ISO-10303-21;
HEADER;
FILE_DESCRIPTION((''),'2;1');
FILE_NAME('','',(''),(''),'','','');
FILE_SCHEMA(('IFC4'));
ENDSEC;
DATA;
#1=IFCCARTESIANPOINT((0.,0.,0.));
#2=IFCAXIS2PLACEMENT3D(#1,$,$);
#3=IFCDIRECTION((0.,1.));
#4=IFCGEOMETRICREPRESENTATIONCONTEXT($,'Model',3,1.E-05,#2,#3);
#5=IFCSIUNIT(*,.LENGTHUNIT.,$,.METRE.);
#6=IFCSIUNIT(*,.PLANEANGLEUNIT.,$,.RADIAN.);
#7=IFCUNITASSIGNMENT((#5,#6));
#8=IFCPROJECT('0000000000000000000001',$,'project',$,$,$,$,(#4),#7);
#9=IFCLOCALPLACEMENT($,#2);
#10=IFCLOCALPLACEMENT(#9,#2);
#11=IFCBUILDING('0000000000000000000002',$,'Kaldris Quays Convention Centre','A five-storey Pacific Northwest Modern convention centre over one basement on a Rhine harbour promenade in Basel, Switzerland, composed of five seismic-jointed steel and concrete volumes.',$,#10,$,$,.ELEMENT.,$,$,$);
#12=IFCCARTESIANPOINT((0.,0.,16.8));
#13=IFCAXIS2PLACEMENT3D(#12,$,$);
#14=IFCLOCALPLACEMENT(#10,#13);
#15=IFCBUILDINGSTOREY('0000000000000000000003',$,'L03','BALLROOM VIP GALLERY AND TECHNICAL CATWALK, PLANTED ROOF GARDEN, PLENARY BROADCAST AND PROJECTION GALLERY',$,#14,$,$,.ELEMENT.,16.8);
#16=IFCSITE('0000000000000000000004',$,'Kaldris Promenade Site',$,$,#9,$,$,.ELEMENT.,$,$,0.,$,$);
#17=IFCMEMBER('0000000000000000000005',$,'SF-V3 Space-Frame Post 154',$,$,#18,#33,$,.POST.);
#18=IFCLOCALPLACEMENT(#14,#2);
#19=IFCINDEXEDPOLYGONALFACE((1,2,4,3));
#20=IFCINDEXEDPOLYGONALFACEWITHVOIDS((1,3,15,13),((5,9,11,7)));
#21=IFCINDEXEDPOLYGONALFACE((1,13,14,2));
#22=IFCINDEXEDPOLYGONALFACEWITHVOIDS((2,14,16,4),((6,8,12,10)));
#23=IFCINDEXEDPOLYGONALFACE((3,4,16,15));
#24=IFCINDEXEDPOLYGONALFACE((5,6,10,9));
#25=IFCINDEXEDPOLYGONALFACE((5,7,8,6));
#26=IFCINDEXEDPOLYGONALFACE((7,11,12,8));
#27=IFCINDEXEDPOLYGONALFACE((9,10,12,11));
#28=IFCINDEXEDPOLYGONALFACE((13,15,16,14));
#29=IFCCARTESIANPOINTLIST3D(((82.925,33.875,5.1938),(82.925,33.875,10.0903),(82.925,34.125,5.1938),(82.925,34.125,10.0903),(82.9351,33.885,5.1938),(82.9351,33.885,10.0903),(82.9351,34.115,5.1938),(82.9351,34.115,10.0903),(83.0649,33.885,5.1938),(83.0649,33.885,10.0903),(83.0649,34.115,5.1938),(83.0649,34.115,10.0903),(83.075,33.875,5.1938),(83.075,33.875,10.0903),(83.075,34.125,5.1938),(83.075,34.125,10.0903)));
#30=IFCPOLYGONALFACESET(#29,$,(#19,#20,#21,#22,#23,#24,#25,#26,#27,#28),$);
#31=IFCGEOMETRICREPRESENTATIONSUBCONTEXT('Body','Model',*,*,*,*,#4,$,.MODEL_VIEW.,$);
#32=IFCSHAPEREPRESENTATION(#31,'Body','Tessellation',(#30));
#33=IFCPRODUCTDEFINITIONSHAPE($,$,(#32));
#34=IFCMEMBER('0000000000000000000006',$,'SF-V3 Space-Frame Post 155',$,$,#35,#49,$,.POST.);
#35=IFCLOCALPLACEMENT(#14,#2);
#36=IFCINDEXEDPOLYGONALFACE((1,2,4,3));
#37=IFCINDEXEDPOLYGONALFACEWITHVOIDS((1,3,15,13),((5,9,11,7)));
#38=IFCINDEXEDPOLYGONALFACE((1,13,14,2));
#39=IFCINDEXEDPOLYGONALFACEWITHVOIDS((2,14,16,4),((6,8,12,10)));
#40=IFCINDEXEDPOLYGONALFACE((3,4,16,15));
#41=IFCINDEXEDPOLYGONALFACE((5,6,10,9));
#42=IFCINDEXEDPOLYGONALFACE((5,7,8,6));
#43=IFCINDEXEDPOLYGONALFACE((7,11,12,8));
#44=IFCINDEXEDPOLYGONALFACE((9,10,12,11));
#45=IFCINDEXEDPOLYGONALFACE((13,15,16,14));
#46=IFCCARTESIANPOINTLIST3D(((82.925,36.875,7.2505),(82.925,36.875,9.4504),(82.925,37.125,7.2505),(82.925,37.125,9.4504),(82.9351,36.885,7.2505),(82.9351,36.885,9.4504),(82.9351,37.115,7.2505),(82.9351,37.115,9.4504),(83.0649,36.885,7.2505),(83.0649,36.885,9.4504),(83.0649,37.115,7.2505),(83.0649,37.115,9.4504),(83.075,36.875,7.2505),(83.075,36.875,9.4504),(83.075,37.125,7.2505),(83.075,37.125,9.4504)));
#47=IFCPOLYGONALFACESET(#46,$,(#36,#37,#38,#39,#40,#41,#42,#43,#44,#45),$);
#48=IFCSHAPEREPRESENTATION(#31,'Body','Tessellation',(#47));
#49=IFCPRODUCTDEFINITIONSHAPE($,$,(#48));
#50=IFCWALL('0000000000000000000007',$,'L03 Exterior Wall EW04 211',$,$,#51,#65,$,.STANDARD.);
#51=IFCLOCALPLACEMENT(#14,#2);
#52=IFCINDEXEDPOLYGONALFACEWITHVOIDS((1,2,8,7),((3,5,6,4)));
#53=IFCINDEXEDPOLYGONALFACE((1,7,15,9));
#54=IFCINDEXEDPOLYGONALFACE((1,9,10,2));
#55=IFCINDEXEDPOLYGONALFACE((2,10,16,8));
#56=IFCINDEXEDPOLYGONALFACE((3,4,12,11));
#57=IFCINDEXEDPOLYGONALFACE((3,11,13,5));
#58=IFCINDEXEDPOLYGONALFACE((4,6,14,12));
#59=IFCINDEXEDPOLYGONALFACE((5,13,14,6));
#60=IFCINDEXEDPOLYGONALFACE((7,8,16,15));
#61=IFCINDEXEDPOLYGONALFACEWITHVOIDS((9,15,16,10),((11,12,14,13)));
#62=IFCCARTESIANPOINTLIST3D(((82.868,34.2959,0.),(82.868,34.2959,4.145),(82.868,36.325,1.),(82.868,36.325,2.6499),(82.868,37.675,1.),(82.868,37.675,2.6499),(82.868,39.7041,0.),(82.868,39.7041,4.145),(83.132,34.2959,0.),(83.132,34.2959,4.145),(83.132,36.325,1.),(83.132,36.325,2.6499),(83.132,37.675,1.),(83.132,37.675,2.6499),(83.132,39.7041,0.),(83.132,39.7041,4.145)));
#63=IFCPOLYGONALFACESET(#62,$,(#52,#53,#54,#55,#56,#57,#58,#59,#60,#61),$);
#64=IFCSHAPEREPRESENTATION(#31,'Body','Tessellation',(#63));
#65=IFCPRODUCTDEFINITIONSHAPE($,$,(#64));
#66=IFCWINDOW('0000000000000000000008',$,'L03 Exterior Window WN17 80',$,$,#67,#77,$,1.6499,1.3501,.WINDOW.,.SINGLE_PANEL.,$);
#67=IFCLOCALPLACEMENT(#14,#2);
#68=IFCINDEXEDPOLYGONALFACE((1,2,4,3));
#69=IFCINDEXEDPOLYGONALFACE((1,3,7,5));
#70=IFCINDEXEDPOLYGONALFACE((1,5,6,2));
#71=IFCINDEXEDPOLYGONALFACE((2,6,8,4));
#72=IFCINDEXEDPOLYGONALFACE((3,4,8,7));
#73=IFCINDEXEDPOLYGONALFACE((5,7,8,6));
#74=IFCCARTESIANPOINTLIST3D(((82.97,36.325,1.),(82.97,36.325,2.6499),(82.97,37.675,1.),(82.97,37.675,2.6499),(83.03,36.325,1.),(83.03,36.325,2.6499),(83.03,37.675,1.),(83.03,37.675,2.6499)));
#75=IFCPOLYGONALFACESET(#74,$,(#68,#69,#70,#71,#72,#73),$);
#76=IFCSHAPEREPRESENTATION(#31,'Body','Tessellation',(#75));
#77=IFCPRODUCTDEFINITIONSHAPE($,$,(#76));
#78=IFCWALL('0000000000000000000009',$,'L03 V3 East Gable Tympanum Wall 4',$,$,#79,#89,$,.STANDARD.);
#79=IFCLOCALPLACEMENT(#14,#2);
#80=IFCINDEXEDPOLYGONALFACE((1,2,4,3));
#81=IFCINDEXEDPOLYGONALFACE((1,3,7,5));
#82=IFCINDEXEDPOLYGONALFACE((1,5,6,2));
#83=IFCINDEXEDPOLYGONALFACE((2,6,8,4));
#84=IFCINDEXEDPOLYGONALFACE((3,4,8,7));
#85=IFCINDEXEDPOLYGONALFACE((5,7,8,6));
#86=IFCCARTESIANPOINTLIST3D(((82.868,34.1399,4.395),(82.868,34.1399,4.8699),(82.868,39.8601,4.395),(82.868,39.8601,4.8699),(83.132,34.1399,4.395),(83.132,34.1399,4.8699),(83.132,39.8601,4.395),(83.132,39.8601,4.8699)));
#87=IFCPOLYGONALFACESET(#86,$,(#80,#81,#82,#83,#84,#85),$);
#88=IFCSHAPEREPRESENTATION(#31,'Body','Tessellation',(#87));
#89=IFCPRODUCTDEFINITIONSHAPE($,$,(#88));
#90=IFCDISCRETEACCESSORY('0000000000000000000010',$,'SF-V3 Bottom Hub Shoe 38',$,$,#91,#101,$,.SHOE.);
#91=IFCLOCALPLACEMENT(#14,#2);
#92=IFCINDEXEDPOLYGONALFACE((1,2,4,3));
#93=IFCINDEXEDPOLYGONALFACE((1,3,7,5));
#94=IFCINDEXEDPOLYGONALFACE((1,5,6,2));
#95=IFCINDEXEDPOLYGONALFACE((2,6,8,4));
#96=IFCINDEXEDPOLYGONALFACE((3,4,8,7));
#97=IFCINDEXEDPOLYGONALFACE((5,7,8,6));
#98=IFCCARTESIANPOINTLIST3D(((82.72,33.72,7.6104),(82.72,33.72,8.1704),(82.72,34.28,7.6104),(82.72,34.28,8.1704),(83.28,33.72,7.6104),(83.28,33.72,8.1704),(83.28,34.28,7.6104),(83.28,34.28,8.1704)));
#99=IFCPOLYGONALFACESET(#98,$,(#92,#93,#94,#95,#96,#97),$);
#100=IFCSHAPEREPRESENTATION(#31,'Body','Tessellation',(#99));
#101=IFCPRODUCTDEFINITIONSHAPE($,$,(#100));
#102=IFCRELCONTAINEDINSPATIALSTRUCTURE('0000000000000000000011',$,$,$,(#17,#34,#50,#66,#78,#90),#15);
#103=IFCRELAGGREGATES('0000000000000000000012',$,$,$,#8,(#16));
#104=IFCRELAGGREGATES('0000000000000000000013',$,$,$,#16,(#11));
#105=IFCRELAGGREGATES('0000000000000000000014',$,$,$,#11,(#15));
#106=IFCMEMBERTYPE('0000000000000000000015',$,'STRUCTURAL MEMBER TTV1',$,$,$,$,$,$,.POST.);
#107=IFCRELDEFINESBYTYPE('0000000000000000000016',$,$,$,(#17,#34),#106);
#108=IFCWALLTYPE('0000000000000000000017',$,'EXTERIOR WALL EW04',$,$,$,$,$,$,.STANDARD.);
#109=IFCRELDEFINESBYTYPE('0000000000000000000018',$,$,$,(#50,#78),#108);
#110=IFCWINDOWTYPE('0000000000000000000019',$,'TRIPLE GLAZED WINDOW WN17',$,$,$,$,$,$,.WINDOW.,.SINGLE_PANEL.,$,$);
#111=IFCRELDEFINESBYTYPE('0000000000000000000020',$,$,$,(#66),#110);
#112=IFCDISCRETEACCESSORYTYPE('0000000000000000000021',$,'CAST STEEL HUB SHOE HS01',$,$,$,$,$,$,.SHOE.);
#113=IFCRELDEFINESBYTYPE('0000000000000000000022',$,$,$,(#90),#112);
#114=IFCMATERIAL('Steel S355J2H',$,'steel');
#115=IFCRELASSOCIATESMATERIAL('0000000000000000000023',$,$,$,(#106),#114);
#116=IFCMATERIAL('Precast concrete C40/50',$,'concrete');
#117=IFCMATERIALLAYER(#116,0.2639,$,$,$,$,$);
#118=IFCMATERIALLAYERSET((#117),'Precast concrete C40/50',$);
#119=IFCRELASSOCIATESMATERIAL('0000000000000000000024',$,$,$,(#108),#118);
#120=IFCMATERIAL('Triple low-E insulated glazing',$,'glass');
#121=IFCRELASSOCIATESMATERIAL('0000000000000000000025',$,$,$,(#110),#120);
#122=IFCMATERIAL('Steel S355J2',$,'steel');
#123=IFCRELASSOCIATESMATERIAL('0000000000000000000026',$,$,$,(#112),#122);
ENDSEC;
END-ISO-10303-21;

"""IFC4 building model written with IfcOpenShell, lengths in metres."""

from ifc_helpers import new_model, si_unit, direction, frame, frame_2d, origin, origin_2d, place, context, subcontext, project, spatial, rectangle, hollow_rectangle, extrude, material, layer, layer_set, material_profile, profile_set, type_object, element, fill, save


model = new_model("IFC4")

# Units and contexts
model_context = context("Model", 3, precision=1e-05, world=origin(), true_north=direction((0.0, 1.0)))
body_context = subcontext(model_context, "Body", "Model", "MODEL_VIEW")
ifc_project = project(units=[si_unit("LENGTHUNIT", "METRE"), si_unit("PLANEANGLEUNIT", "RADIAN")], contexts=[model_context])

# Site, building, storey
site_placement = place(None, origin())
site = spatial("IfcSite", under=ifc_project, at=site_placement, Name="Kaldris Promenade Site", CompositionType="ELEMENT", RefElevation=0.0)
building_placement = place(site_placement, origin())
building = spatial("IfcBuilding", under=site, at=building_placement, Name="Kaldris Quays Convention Centre", Description="A five-storey Pacific Northwest Modern convention centre over one basement on a Rhine harbour promenade in Basel, Switzerland, composed of five seismic-jointed steel and concrete volumes.", CompositionType="ELEMENT")
storey_placement = place(building_placement, frame((0.0, 0.0, 16.8)))
storey = spatial("IfcBuildingStorey", under=building, at=storey_placement, Name="L03", Description="BALLROOM VIP GALLERY AND TECHNICAL CATWALK, PLANTED ROOF GARDEN, PLENARY BROADCAST AND PROJECTION GALLERY", CompositionType="ELEMENT", Elevation=16.8)

# Shared definitions
ifc_material_1 = material(Name="Steel S355J2", Category="steel")

# Members
ifc_material_2 = material(Name="Steel S355J2H", Category="steel")
ifc_material_profile_1 = material_profile(ifc_material_2, hollow_rectangle(XDim=0.1499, YDim=0.25, WallThickness=0.01, at=origin_2d()), Name="RHS 250x150x10")
ifc_profile_set_1 = profile_set([ifc_material_profile_1], Name="Steel S355J2H")
member_type_1 = type_object("IfcMemberType", Name="STRUCTURAL MEMBER TTV1", PredefinedType="POST", material=ifc_profile_set_1)
member_1_placement = place(storey_placement, frame((83.0, 34.0, 5.1938), z_axis=(0.0, 0.0, 1.0), x_axis=(1.0, 0.0, 0.0)))
element("IfcMember", 1, at=member_1_placement, inside=storey, type_object=member_type_1, Name="SF-V3 Space-Frame Post 154", PredefinedType="POST", context=body_context, shape_type="SweptSolid", body=[
    extrude(hollow_rectangle(XDim=0.1499, YDim=0.25, WallThickness=0.01, at=origin_2d()), origin(), (0.0, 0.0, 1.0), 4.8965),
])
member_2_placement = place(storey_placement, frame((83.0, 37.0, 7.2505), z_axis=(0.0, 0.0, 1.0), x_axis=(1.0, 0.0, 0.0)))
element("IfcMember", 2, at=member_2_placement, inside=storey, type_object=member_type_1, Name="SF-V3 Space-Frame Post 155", PredefinedType="POST", context=body_context, shape_type="SweptSolid", body=[
    extrude(hollow_rectangle(XDim=0.1499, YDim=0.25, WallThickness=0.01, at=origin_2d()), origin(), (0.0, 0.0, 1.0), 2.2),
])

# Wall, opening, window
ifc_material_3 = material(Name="Precast concrete C40/50", Category="concrete")
ifc_layer = layer(ifc_material_3, 0.2639)
ifc_layer_set = layer_set([ifc_layer], Name="Precast concrete C40/50")
wall_type = type_object("IfcWallType", Name="EXTERIOR WALL EW04", PredefinedType="STANDARD", material=ifc_layer_set)
wall_1_placement = place(storey_placement, frame((83.0, 34.2959, 0.0), z_axis=(0.0, 0.0, 1.0), x_axis=(0.0, 1.0, 0.0)))
wall_1 = element("IfcWall", 3, at=wall_1_placement, inside=storey, type_object=wall_type, Name="L03 Exterior Wall EW04 211", PredefinedType="STANDARD", context=body_context, shape_type="SweptSolid", body=[
    extrude(rectangle(XDim=5.4082, YDim=0.2639, at=frame_2d((2.7041, 0.0))), origin(), (0.0, 0.0, 1.0), 4.145),
])
opening_placement = place(wall_1_placement, frame((2.0291, 0.0, 1.0)))
opening = element("IfcOpeningElement", 4, at=opening_placement, cuts=wall_1, PredefinedType="OPENING", context=body_context, shape_type="SweptSolid", body=[
    extrude(rectangle(XDim=1.3501, YDim=1.6499, at=frame_2d((0.675, 0.825))), frame((0.0, 0.1421, 0.0), z_axis=(0.0, -1.0, 0.0), x_axis=(1.0, 0.0, 0.0)), (0.0, 0.0, 1.0), 0.2839),
])
ifc_material_4 = material(Name="Triple low-E insulated glazing", Category="glass")
window_type = type_object("IfcWindowType", Name="TRIPLE GLAZED WINDOW WN17", PartitioningType="SINGLE_PANEL", PredefinedType="WINDOW", material=ifc_material_4)
window_placement = place(opening_placement, origin())
window = element("IfcWindow", 5, at=window_placement, inside=storey, type_object=window_type, Name="L03 Exterior Window WN17 80", OverallHeight=1.6499, OverallWidth=1.3501, PartitioningType="SINGLE_PANEL", PredefinedType="WINDOW", context=body_context, shape_type="SweptSolid", body=[
    extrude(rectangle(XDim=1.3501, YDim=1.6499, at=frame_2d((0.675, 0.825))), frame((0.0, 0.03, 0.0), z_axis=(0.0, -1.0, 0.0), x_axis=(1.0, 0.0, 0.0)), (0.0, 0.0, 1.0), 0.0601),
])
fill(opening, window)

# Wall
wall_2_placement = place(storey_placement, frame((83.0, 34.1399, 4.395), z_axis=(0.0, 0.0, 1.0), x_axis=(0.0, 1.0, 0.0)))
element("IfcWall", 6, at=wall_2_placement, inside=storey, type_object=wall_type, Name="L03 V3 East Gable Tympanum Wall 4", PredefinedType="STANDARD", context=body_context, shape_type="SweptSolid", body=[
    extrude(rectangle(XDim=5.7202, YDim=0.2639, at=frame_2d((2.8601, 0.0))), origin(), (0.0, 0.0, 1.0), 0.4749),
])

# Discrete accessory
discrete_accessory_type = type_object("IfcDiscreteAccessoryType", Name="CAST STEEL HUB SHOE HS01", PredefinedType="SHOE", material=ifc_material_1)
discrete_accessory_placement = place(storey_placement, frame((83.0, 34.0, 7.6104), z_axis=(0.0, 0.0, 1.0), x_axis=(1.0, 0.0, 0.0)))
element("IfcDiscreteAccessory", 7, at=discrete_accessory_placement, inside=storey, type_object=discrete_accessory_type, Name="SF-V3 Bottom Hub Shoe 38", PredefinedType="SHOE", context=body_context, shape_type="SweptSolid", body=[
    extrude(rectangle(XDim=0.5601, YDim=0.5601, at=origin_2d()), origin(), (0.0, 0.0, 1.0), 0.5601),
])

save(model, "model.ifc")
